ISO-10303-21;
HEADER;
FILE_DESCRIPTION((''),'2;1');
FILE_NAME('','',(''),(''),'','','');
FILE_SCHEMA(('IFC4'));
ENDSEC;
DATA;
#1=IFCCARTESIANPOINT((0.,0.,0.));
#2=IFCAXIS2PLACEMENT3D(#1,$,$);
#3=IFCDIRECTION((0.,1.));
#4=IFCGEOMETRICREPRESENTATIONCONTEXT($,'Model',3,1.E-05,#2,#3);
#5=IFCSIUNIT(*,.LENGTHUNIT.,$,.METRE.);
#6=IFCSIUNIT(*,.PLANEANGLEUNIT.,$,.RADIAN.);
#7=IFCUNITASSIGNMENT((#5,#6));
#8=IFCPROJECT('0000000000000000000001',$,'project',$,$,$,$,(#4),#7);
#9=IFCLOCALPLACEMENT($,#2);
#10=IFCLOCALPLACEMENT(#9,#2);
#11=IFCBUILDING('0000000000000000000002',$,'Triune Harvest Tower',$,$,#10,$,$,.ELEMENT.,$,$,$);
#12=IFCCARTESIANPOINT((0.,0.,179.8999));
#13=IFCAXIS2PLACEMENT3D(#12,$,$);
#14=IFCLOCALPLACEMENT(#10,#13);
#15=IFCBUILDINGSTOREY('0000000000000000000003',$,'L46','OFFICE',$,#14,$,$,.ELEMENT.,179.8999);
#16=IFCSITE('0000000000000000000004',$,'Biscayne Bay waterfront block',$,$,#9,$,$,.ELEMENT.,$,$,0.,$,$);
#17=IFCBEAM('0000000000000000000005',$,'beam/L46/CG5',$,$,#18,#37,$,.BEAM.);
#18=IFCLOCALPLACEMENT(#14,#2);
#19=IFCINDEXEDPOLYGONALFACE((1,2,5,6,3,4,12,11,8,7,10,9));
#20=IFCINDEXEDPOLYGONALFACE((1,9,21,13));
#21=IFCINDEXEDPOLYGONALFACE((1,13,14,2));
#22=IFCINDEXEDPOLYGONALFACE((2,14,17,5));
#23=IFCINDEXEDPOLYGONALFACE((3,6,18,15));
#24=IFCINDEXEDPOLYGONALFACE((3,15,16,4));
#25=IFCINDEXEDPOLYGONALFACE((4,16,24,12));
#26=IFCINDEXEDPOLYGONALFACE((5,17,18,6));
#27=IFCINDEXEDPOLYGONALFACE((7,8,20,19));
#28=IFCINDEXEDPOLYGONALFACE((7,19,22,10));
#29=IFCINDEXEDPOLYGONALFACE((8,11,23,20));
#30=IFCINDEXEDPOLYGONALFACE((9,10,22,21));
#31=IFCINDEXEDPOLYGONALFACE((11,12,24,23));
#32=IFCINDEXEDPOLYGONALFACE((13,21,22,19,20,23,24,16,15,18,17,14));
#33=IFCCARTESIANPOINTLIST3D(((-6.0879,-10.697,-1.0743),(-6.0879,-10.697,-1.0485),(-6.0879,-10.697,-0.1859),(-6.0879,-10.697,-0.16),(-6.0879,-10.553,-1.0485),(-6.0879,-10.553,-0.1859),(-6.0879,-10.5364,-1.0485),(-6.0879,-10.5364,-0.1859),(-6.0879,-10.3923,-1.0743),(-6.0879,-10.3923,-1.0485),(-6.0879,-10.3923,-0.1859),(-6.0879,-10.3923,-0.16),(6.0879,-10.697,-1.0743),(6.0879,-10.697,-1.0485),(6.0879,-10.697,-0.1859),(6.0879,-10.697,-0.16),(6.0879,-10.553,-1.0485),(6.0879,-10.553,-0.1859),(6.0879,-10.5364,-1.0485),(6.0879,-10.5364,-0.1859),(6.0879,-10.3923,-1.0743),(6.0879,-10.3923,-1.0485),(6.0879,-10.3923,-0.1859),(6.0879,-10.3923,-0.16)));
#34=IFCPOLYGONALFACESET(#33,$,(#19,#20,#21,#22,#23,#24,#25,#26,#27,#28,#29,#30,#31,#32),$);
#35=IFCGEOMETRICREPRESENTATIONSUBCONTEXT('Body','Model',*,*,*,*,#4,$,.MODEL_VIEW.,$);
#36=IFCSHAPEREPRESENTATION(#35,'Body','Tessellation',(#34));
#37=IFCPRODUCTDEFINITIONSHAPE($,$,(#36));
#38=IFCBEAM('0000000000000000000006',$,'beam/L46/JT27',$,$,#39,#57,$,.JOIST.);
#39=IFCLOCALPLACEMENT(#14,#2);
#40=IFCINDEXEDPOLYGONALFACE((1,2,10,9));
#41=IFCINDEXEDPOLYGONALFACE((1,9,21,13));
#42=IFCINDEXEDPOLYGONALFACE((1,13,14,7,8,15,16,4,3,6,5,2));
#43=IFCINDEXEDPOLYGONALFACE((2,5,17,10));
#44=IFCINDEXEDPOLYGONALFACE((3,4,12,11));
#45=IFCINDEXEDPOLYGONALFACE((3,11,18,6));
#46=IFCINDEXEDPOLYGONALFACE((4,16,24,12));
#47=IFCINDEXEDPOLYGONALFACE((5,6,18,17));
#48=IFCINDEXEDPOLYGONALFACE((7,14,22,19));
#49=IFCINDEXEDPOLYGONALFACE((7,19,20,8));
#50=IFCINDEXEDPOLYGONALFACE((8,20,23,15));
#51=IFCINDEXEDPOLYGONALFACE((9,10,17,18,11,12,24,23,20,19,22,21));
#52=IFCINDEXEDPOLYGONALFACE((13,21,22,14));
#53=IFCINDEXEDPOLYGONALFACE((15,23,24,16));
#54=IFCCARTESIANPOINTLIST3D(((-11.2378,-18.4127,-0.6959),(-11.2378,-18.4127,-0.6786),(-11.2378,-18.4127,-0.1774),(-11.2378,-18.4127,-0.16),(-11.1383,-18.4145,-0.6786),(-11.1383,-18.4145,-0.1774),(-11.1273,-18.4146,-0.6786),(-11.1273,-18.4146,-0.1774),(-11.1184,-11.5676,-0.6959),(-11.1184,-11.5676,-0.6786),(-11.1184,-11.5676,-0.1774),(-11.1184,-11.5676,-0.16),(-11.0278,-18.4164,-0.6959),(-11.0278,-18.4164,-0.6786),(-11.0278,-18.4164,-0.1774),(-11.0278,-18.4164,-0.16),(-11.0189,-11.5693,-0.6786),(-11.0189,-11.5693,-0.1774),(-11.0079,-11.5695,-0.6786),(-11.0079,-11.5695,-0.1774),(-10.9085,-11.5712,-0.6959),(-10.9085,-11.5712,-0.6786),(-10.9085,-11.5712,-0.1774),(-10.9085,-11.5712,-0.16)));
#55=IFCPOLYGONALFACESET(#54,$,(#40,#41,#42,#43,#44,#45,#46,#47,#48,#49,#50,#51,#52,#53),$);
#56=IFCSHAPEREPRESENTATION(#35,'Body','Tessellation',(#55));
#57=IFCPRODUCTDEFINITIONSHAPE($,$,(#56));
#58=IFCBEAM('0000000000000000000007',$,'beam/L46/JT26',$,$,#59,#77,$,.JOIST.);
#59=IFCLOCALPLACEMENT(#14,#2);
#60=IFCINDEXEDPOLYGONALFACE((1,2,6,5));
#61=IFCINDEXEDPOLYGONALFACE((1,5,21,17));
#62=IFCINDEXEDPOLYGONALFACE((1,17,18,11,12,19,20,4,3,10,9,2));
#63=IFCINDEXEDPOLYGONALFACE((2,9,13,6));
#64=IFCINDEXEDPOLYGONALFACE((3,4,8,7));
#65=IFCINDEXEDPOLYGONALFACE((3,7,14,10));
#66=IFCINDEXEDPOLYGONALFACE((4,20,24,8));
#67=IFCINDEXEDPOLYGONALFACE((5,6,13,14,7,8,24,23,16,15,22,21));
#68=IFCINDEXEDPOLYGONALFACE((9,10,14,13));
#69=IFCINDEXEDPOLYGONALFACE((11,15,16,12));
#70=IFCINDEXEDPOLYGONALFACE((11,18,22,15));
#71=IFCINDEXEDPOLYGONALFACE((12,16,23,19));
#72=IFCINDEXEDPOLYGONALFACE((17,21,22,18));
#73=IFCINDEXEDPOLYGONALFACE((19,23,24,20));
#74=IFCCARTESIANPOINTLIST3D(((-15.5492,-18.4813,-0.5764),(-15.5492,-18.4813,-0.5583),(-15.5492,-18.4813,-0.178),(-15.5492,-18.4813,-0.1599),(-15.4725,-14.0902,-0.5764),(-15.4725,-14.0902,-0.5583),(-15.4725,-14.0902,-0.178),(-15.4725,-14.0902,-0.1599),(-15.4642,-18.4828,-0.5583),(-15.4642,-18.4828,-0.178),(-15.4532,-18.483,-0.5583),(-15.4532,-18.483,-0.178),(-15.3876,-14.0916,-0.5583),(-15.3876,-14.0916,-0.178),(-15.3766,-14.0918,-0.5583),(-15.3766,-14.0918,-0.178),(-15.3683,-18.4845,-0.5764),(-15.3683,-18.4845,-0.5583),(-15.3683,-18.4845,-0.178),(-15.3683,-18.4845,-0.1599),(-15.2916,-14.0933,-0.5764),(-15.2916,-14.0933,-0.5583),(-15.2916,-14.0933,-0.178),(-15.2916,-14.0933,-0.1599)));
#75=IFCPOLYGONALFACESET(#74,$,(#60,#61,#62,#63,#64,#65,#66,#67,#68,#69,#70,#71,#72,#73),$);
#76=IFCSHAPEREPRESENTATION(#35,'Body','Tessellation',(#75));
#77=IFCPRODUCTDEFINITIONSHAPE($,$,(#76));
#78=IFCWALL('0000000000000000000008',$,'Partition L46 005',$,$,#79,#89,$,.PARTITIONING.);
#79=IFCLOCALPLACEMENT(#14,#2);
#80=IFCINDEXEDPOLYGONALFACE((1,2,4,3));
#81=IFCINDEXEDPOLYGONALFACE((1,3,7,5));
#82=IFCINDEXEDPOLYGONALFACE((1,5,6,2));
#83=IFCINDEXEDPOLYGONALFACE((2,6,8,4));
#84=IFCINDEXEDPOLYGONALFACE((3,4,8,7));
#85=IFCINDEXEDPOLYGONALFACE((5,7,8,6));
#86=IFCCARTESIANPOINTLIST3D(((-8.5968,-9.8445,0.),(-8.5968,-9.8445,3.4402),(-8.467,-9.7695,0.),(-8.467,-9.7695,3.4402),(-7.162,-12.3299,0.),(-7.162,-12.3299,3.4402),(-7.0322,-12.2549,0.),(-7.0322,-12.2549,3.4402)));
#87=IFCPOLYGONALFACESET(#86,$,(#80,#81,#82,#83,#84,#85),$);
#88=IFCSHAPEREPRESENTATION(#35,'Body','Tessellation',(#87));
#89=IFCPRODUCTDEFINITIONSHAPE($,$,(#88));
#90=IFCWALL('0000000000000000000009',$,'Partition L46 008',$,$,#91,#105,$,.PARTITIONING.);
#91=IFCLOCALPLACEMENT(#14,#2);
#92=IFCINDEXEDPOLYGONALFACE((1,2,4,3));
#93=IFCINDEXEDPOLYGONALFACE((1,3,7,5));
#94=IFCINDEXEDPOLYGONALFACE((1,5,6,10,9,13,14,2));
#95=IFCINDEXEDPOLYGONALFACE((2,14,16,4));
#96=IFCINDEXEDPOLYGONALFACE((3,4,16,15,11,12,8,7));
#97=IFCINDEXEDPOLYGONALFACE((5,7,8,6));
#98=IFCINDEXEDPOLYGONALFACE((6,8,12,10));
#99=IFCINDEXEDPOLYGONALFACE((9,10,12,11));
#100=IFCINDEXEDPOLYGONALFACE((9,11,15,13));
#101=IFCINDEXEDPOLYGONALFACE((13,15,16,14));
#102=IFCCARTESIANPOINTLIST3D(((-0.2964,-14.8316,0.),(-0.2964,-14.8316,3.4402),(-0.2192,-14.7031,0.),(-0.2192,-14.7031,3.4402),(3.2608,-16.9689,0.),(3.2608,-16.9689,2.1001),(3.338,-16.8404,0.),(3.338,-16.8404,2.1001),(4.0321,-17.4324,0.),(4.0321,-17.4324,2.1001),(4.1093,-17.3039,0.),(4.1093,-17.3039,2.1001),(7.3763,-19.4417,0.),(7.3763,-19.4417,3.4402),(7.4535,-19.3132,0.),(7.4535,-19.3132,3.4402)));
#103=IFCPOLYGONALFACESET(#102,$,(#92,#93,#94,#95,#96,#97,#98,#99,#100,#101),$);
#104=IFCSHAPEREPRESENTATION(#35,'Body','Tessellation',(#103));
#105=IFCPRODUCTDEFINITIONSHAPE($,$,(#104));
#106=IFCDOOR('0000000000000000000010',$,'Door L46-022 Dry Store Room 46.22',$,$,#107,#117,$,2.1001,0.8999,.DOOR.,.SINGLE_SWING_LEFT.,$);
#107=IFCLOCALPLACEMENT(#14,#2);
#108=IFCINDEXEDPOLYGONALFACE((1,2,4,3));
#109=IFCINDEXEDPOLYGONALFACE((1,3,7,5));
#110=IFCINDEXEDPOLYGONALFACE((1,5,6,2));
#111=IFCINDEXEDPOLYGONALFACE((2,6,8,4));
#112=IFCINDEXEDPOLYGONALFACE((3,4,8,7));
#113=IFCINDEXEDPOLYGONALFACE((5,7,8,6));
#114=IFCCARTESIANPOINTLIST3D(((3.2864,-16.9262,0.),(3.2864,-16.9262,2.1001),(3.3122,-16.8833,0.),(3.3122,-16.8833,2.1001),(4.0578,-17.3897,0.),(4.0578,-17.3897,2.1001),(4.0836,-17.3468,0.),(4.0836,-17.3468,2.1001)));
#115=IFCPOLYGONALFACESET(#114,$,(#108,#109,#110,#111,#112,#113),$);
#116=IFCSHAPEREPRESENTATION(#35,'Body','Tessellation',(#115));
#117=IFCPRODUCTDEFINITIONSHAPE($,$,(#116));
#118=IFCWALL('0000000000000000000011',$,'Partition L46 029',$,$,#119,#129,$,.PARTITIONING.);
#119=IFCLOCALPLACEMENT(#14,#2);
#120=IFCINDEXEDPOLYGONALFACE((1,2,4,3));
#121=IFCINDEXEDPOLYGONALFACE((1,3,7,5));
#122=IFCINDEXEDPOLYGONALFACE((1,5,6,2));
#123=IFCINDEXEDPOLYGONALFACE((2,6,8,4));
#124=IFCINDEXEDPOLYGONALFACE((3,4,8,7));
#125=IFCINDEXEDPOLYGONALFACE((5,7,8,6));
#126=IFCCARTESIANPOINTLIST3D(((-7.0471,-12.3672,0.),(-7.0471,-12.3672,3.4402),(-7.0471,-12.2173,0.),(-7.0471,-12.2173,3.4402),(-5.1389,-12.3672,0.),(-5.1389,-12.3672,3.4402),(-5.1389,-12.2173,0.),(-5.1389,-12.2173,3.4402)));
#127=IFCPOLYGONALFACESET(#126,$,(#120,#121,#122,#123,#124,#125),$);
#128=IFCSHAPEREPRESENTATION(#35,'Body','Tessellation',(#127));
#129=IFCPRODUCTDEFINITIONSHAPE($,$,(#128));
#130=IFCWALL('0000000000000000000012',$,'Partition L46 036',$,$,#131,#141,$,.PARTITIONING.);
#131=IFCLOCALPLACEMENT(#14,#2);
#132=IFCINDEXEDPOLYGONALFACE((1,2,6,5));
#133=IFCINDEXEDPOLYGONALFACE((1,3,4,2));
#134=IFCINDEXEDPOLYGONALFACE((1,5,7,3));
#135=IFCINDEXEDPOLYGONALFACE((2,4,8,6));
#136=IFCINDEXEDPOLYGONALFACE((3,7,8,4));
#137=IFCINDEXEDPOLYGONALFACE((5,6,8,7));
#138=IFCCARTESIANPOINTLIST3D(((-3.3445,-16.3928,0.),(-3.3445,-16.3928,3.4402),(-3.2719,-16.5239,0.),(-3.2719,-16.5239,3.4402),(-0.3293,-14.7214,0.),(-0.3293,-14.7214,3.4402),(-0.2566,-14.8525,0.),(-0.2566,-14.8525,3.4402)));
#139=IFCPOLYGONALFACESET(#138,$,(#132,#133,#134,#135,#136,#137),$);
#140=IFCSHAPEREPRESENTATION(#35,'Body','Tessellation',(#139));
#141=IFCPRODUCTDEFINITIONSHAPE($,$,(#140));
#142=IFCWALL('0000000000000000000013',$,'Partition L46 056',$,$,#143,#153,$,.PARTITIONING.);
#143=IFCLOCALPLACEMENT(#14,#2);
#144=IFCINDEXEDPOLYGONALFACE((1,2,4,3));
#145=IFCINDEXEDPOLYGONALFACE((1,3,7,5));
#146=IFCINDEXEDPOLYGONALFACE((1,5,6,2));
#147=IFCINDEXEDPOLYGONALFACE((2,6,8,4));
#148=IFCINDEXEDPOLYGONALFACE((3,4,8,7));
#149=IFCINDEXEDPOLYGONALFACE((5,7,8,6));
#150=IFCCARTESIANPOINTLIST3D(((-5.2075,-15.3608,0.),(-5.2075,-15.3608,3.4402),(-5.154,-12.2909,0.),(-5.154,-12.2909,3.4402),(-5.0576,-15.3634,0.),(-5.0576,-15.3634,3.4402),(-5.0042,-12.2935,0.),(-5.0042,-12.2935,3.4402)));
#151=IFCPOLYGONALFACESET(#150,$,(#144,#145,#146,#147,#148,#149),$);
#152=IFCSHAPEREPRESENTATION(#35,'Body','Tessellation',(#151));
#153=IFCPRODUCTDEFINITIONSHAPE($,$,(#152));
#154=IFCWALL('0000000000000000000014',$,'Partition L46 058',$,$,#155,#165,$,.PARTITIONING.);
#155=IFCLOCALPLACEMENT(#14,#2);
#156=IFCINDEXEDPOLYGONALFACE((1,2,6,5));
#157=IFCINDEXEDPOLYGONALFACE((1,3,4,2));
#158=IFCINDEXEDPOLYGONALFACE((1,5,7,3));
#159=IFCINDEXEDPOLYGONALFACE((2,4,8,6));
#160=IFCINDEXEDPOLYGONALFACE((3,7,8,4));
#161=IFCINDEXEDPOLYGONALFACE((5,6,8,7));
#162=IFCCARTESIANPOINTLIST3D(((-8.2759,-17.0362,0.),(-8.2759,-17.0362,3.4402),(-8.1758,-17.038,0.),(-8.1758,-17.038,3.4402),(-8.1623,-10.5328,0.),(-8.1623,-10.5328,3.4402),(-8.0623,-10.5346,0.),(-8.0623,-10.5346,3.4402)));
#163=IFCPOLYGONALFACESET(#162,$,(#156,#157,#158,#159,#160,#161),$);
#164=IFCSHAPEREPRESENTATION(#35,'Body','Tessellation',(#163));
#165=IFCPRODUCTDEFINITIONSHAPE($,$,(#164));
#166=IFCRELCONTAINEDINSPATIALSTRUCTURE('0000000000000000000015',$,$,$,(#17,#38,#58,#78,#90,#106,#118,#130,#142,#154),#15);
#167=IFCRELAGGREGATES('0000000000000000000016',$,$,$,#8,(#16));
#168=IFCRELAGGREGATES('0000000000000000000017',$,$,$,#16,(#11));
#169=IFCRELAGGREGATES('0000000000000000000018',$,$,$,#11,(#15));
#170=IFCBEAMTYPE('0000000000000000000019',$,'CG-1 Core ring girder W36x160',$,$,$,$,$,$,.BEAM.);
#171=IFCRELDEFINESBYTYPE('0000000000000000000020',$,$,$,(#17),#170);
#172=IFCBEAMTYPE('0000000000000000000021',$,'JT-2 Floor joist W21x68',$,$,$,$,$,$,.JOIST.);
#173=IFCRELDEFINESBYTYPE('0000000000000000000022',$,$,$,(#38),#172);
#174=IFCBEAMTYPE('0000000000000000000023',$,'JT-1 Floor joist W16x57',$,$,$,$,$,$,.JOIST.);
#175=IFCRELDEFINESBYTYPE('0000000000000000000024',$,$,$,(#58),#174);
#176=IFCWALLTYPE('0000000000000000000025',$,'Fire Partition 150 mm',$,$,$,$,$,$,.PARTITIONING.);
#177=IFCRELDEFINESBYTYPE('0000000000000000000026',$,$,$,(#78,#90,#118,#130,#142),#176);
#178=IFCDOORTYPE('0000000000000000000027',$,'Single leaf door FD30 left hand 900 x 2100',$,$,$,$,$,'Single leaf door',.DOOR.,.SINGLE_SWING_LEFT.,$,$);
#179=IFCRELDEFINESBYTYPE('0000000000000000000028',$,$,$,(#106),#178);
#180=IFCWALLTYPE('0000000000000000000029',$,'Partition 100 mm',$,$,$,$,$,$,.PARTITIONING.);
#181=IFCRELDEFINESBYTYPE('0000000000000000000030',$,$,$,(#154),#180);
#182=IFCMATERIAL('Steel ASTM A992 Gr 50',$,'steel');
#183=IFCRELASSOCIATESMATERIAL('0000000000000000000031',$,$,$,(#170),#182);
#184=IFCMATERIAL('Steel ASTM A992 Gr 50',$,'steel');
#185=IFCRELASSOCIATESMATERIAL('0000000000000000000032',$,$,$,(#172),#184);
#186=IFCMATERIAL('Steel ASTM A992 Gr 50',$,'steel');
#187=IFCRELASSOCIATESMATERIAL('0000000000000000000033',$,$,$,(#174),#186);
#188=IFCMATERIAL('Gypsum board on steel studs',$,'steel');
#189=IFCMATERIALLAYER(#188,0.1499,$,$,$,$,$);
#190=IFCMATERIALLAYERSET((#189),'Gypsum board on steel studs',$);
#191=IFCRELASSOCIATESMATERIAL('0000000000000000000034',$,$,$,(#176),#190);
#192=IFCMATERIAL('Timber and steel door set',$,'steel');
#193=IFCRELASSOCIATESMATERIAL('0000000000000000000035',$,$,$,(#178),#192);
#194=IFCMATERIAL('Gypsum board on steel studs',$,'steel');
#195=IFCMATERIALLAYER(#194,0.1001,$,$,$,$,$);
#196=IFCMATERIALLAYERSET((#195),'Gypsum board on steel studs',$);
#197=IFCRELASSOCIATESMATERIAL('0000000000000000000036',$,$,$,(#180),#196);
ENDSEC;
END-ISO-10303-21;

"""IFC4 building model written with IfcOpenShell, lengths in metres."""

from ifc_helpers import new_model, si_unit, direction, frame, frame_2d, origin, origin_2d, place, context, subcontext, project, spatial, rectangle, i_section, extrude, source, transform, mapped, material, layer, layer_set, material_profile, profile_set, type_object, element, fill, save


model = new_model("IFC4")

# Units and contexts
model_context = context("Model", 3, precision=1e-05, world=origin(), true_north=direction((0.0, 1.0)))
body_context = subcontext(model_context, "Body", "Model", "MODEL_VIEW")
ifc_project = project(units=[si_unit("LENGTHUNIT", "METRE"), si_unit("PLANEANGLEUNIT", "RADIAN")], contexts=[model_context])

# Site, building, storey
site_placement = place(None, origin())
site = spatial("IfcSite", under=ifc_project, at=site_placement, Name="Biscayne Bay waterfront block", CompositionType="ELEMENT", RefElevation=0.0)
building_placement = place(site_placement, origin())
building = spatial("IfcBuilding", under=site, at=building_placement, Name="Triune Harvest Tower", CompositionType="ELEMENT")
storey_placement = place(building_placement, frame((0.0, 0.0, 179.8999)))
storey = spatial("IfcBuildingStorey", under=building, at=storey_placement, Name="L46", Description="OFFICE", CompositionType="ELEMENT", Elevation=179.8999)

# Beams
ifc_material_1 = material(Name="Steel ASTM A992 Gr 50", Category="steel")
ifc_material_profile_1 = material_profile(ifc_material_1, i_section(OverallWidth=0.3047, OverallDepth=0.9143, WebThickness=0.0166, FlangeThickness=0.0259, at=origin_2d()), Name="W36x160")
ifc_profile_set_1 = profile_set([ifc_material_profile_1], Name="Steel ASTM A992 Gr 50")
beam_type_1 = type_object("IfcBeamType", Name="CG-1 Core ring girder W36x160", PredefinedType="BEAM", material=ifc_profile_set_1)
shared_shape_1 = source(origin(), body_context, "Body", "SweptSolid", [
    extrude(i_section(OverallWidth=0.3047, OverallDepth=0.9143, WebThickness=0.0166, FlangeThickness=0.0259, at=origin_2d()), origin(), (0.0, 0.0, 1.0), 12.1758),
])
beam_1_placement = place(storey_placement, frame((-6.0879, -10.5447, -0.6172), z_axis=(1.0, 0.0, 0.0), x_axis=(0.0, 1.0, 0.0)))
element("IfcBeam", 1, at=beam_1_placement, inside=storey, type_object=beam_type_1, Name="beam/L46/CG5", PredefinedType="BEAM", context=body_context, shape_type="MappedRepresentation", body=[
    mapped(shared_shape_1, transform((0.0, 0.0, 0.0), scale=1.0)),
])
ifc_material_2 = material(Name="Steel ASTM A992 Gr 50", Category="steel")
ifc_material_profile_2 = material_profile(ifc_material_2, i_section(OverallWidth=0.21, OverallDepth=0.5359, WebThickness=0.011, FlangeThickness=0.0173, at=origin_2d()), Name="W21x68")
ifc_profile_set_2 = profile_set([ifc_material_profile_2], Name="Steel ASTM A992 Gr 50")
beam_type_2 = type_object("IfcBeamType", Name="JT-2 Floor joist W21x68", PredefinedType="JOIST", material=ifc_profile_set_2)
shared_shape_2 = source(origin(), body_context, "Body", "SweptSolid", [
    extrude(i_section(OverallWidth=0.21, OverallDepth=0.5359, WebThickness=0.011, FlangeThickness=0.0173, at=origin_2d()), origin(), (0.0, 0.0, 1.0), 6.8462),
])
beam_2_placement = place(storey_placement, frame((-11.1328, -18.4146, -0.428), z_axis=(0.017438, 0.999848, 0.0), x_axis=(-0.999848, 0.017438, 0.0)))
element("IfcBeam", 2, at=beam_2_placement, inside=storey, type_object=beam_type_2, Name="beam/L46/JT27", PredefinedType="JOIST", context=body_context, shape_type="MappedRepresentation", body=[
    mapped(shared_shape_2, transform((0.0, 0.0, 0.0), scale=1.0)),
])
ifc_material_3 = material(Name="Steel ASTM A992 Gr 50", Category="steel")
ifc_material_profile_3 = material_profile(ifc_material_3, i_section(OverallWidth=0.1809, OverallDepth=0.4165, WebThickness=0.011, FlangeThickness=0.0181, at=origin_2d()), Name="W16x57")
ifc_profile_set_3 = profile_set([ifc_material_profile_3], Name="Steel ASTM A992 Gr 50")
beam_type_3 = type_object("IfcBeamType", Name="JT-1 Floor joist W16x57", PredefinedType="JOIST", material=ifc_profile_set_3)
shared_shape_3 = source(origin(), body_context, "Body", "SweptSolid", [
    extrude(i_section(OverallWidth=0.1809, OverallDepth=0.4165, WebThickness=0.011, FlangeThickness=0.0181, at=origin_2d()), origin(), (0.0, 0.0, 1.0), 4.3918),
])
beam_3_placement = place(storey_placement, frame((-15.4587, -18.4829, -0.3682), z_axis=(0.017455, 0.999848, 0.0), x_axis=(-0.999848, 0.017455, 0.0)))
element("IfcBeam", 3, at=beam_3_placement, inside=storey, type_object=beam_type_3, Name="beam/L46/JT26", PredefinedType="JOIST", context=body_context, shape_type="MappedRepresentation", body=[
    mapped(shared_shape_3, transform((0.0, 0.0, 0.0), scale=1.0)),
])

# Wall
ifc_material_4 = material(Name="Gypsum board on steel studs", Category="steel")
ifc_layer_1 = layer(ifc_material_4, 0.1499)
ifc_layer_set_1 = layer_set([ifc_layer_1], Name="Gypsum board on steel studs")
wall_type_1 = type_object("IfcWallType", Name="Fire Partition 150 mm", PredefinedType="PARTITIONING", material=ifc_layer_set_1)
wall_1_placement = place(storey_placement, frame((-8.532, -9.8069, 0.0), z_axis=(0.0, 0.0, 1.0), x_axis=(0.499973, -0.866041, 0.0)))
element("IfcWall", 4, at=wall_1_placement, inside=storey, type_object=wall_type_1, Name="Partition L46 005", PredefinedType="PARTITIONING", context=body_context, shape_type="SweptSolid", body=[
    extrude(rectangle(XDim=2.8699, YDim=0.1499, at=frame_2d((1.4351, 0.0))), origin(), (0.0, 0.0, 1.0), 3.4402),
])

# Wall, opening, door
wall_2_placement = place(storey_placement, frame((-0.2578, -14.7673, 0.0), z_axis=(0.0, 0.0, 1.0), x_axis=(0.85717, -0.515033, 0.0)))
wall_2 = element("IfcWall", 5, at=wall_2_placement, inside=storey, type_object=wall_type_1, Name="Partition L46 008", PredefinedType="PARTITIONING", context=body_context, shape_type="SweptSolid", body=[
    extrude(rectangle(XDim=8.9512, YDim=0.1499, at=frame_2d((4.4756, 0.0))), origin(), (0.0, 0.0, 1.0), 3.4402),
])
opening_1_placement = place(wall_2_placement, frame((4.1499, 0.0, 0.0)))
opening_1 = element("IfcOpeningElement", 6, at=opening_1_placement, cuts=wall_2, PredefinedType="OPENING", context=body_context, shape_type="SweptSolid", body=[
    extrude(rectangle(XDim=0.8999, YDim=2.1001, at=frame_2d((0.45, 1.05))), frame((0.0, 0.085, 0.0), z_axis=(0.0, -1.0, 0.0), x_axis=(1.0, 0.0, 0.0)), (0.0, 0.0, 1.0), 0.1699),
])
ifc_material_5 = material(Name="Timber and steel door set", Category="steel")
door_type_1 = type_object("IfcDoorType", Name="Single leaf door FD30 left hand 900 x 2100", ElementType="Single leaf door", OperationType="SINGLE_SWING_LEFT", PredefinedType="DOOR", material=ifc_material_5)
door_1_placement = place(opening_1_placement, origin())
door_1 = element("IfcDoor", 7, at=door_1_placement, inside=storey, type_object=door_type_1, Name="Door L46-022 Dry Store Room 46.22", OperationType="SINGLE_SWING_LEFT", OverallHeight=2.1001, OverallWidth=0.8999, PredefinedType="DOOR", context=body_context, shape_type="SweptSolid", body=[
    extrude(rectangle(XDim=0.8999, YDim=2.1001, at=frame_2d((0.45, 1.05))), frame((0.0, 0.0249, 0.0), z_axis=(0.0, -1.0, 0.0), x_axis=(1.0, 0.0, 0.0)), (0.0, 0.0, 1.0), 0.05),
])
fill(opening_1, door_1)

# Walls
wall_3_placement = place(storey_placement, frame((-7.0471, -12.2922, 0.0), z_axis=(0.0, 0.0, 1.0), x_axis=(1.0, 0.0, 0.0)))
element("IfcWall", 8, at=wall_3_placement, inside=storey, type_object=wall_type_1, Name="Partition L46 029", PredefinedType="PARTITIONING", context=body_context, shape_type="SweptSolid", body=[
    extrude(rectangle(XDim=1.9082, YDim=0.1499, at=frame_2d((0.9541, 0.0))), origin(), (0.0, 0.0, 1.0), 3.4402),
])
wall_4_placement = place(storey_placement, frame((-3.3081, -16.4583, 0.0), z_axis=(0.0, 0.0, 1.0), x_axis=(0.874628, 0.484795, 0.0)))
element("IfcWall", 9, at=wall_4_placement, inside=storey, type_object=wall_type_1, Name="Partition L46 036", PredefinedType="PARTITIONING", context=body_context, shape_type="SweptSolid", body=[
    extrude(rectangle(XDim=3.4475, YDim=0.1499, at=frame_2d((1.7236, 0.0))), origin(), (0.0, 0.0, 1.0), 3.4402),
])
wall_5_placement = place(storey_placement, frame((-5.1326, -15.3621, 0.0), z_axis=(0.0, 0.0, 1.0), x_axis=(0.017414, 0.999848, 0.0)))
element("IfcWall", 10, at=wall_5_placement, inside=storey, type_object=wall_type_1, Name="Partition L46 056", PredefinedType="PARTITIONING", context=body_context, shape_type="SweptSolid", body=[
    extrude(rectangle(XDim=3.0703, YDim=0.1499, at=frame_2d((1.5352, 0.0))), origin(), (0.0, 0.0, 1.0), 3.4402),
])
ifc_material_6 = material(Name="Gypsum board on steel studs", Category="steel")
ifc_layer_2 = layer(ifc_material_6, 0.1001)
ifc_layer_set_2 = layer_set([ifc_layer_2], Name="Gypsum board on steel studs")
wall_type_2 = type_object("IfcWallType", Name="Partition 100 mm", PredefinedType="PARTITIONING", material=ifc_layer_set_2)
wall_6_placement = place(storey_placement, frame((-8.2258, -17.0371, 0.0), z_axis=(0.0, 0.0, 1.0), x_axis=(0.017454, 0.999848, 0.0)))
element("IfcWall", 11, at=wall_6_placement, inside=storey, type_object=wall_type_2, Name="Partition L46 058", PredefinedType="PARTITIONING", context=body_context, shape_type="SweptSolid", body=[
    extrude(rectangle(XDim=6.5044, YDim=0.1001, at=frame_2d((3.2522, 0.0))), origin(), (0.0, 0.0, 1.0), 3.4402),
])

save(model, "model.ifc")
